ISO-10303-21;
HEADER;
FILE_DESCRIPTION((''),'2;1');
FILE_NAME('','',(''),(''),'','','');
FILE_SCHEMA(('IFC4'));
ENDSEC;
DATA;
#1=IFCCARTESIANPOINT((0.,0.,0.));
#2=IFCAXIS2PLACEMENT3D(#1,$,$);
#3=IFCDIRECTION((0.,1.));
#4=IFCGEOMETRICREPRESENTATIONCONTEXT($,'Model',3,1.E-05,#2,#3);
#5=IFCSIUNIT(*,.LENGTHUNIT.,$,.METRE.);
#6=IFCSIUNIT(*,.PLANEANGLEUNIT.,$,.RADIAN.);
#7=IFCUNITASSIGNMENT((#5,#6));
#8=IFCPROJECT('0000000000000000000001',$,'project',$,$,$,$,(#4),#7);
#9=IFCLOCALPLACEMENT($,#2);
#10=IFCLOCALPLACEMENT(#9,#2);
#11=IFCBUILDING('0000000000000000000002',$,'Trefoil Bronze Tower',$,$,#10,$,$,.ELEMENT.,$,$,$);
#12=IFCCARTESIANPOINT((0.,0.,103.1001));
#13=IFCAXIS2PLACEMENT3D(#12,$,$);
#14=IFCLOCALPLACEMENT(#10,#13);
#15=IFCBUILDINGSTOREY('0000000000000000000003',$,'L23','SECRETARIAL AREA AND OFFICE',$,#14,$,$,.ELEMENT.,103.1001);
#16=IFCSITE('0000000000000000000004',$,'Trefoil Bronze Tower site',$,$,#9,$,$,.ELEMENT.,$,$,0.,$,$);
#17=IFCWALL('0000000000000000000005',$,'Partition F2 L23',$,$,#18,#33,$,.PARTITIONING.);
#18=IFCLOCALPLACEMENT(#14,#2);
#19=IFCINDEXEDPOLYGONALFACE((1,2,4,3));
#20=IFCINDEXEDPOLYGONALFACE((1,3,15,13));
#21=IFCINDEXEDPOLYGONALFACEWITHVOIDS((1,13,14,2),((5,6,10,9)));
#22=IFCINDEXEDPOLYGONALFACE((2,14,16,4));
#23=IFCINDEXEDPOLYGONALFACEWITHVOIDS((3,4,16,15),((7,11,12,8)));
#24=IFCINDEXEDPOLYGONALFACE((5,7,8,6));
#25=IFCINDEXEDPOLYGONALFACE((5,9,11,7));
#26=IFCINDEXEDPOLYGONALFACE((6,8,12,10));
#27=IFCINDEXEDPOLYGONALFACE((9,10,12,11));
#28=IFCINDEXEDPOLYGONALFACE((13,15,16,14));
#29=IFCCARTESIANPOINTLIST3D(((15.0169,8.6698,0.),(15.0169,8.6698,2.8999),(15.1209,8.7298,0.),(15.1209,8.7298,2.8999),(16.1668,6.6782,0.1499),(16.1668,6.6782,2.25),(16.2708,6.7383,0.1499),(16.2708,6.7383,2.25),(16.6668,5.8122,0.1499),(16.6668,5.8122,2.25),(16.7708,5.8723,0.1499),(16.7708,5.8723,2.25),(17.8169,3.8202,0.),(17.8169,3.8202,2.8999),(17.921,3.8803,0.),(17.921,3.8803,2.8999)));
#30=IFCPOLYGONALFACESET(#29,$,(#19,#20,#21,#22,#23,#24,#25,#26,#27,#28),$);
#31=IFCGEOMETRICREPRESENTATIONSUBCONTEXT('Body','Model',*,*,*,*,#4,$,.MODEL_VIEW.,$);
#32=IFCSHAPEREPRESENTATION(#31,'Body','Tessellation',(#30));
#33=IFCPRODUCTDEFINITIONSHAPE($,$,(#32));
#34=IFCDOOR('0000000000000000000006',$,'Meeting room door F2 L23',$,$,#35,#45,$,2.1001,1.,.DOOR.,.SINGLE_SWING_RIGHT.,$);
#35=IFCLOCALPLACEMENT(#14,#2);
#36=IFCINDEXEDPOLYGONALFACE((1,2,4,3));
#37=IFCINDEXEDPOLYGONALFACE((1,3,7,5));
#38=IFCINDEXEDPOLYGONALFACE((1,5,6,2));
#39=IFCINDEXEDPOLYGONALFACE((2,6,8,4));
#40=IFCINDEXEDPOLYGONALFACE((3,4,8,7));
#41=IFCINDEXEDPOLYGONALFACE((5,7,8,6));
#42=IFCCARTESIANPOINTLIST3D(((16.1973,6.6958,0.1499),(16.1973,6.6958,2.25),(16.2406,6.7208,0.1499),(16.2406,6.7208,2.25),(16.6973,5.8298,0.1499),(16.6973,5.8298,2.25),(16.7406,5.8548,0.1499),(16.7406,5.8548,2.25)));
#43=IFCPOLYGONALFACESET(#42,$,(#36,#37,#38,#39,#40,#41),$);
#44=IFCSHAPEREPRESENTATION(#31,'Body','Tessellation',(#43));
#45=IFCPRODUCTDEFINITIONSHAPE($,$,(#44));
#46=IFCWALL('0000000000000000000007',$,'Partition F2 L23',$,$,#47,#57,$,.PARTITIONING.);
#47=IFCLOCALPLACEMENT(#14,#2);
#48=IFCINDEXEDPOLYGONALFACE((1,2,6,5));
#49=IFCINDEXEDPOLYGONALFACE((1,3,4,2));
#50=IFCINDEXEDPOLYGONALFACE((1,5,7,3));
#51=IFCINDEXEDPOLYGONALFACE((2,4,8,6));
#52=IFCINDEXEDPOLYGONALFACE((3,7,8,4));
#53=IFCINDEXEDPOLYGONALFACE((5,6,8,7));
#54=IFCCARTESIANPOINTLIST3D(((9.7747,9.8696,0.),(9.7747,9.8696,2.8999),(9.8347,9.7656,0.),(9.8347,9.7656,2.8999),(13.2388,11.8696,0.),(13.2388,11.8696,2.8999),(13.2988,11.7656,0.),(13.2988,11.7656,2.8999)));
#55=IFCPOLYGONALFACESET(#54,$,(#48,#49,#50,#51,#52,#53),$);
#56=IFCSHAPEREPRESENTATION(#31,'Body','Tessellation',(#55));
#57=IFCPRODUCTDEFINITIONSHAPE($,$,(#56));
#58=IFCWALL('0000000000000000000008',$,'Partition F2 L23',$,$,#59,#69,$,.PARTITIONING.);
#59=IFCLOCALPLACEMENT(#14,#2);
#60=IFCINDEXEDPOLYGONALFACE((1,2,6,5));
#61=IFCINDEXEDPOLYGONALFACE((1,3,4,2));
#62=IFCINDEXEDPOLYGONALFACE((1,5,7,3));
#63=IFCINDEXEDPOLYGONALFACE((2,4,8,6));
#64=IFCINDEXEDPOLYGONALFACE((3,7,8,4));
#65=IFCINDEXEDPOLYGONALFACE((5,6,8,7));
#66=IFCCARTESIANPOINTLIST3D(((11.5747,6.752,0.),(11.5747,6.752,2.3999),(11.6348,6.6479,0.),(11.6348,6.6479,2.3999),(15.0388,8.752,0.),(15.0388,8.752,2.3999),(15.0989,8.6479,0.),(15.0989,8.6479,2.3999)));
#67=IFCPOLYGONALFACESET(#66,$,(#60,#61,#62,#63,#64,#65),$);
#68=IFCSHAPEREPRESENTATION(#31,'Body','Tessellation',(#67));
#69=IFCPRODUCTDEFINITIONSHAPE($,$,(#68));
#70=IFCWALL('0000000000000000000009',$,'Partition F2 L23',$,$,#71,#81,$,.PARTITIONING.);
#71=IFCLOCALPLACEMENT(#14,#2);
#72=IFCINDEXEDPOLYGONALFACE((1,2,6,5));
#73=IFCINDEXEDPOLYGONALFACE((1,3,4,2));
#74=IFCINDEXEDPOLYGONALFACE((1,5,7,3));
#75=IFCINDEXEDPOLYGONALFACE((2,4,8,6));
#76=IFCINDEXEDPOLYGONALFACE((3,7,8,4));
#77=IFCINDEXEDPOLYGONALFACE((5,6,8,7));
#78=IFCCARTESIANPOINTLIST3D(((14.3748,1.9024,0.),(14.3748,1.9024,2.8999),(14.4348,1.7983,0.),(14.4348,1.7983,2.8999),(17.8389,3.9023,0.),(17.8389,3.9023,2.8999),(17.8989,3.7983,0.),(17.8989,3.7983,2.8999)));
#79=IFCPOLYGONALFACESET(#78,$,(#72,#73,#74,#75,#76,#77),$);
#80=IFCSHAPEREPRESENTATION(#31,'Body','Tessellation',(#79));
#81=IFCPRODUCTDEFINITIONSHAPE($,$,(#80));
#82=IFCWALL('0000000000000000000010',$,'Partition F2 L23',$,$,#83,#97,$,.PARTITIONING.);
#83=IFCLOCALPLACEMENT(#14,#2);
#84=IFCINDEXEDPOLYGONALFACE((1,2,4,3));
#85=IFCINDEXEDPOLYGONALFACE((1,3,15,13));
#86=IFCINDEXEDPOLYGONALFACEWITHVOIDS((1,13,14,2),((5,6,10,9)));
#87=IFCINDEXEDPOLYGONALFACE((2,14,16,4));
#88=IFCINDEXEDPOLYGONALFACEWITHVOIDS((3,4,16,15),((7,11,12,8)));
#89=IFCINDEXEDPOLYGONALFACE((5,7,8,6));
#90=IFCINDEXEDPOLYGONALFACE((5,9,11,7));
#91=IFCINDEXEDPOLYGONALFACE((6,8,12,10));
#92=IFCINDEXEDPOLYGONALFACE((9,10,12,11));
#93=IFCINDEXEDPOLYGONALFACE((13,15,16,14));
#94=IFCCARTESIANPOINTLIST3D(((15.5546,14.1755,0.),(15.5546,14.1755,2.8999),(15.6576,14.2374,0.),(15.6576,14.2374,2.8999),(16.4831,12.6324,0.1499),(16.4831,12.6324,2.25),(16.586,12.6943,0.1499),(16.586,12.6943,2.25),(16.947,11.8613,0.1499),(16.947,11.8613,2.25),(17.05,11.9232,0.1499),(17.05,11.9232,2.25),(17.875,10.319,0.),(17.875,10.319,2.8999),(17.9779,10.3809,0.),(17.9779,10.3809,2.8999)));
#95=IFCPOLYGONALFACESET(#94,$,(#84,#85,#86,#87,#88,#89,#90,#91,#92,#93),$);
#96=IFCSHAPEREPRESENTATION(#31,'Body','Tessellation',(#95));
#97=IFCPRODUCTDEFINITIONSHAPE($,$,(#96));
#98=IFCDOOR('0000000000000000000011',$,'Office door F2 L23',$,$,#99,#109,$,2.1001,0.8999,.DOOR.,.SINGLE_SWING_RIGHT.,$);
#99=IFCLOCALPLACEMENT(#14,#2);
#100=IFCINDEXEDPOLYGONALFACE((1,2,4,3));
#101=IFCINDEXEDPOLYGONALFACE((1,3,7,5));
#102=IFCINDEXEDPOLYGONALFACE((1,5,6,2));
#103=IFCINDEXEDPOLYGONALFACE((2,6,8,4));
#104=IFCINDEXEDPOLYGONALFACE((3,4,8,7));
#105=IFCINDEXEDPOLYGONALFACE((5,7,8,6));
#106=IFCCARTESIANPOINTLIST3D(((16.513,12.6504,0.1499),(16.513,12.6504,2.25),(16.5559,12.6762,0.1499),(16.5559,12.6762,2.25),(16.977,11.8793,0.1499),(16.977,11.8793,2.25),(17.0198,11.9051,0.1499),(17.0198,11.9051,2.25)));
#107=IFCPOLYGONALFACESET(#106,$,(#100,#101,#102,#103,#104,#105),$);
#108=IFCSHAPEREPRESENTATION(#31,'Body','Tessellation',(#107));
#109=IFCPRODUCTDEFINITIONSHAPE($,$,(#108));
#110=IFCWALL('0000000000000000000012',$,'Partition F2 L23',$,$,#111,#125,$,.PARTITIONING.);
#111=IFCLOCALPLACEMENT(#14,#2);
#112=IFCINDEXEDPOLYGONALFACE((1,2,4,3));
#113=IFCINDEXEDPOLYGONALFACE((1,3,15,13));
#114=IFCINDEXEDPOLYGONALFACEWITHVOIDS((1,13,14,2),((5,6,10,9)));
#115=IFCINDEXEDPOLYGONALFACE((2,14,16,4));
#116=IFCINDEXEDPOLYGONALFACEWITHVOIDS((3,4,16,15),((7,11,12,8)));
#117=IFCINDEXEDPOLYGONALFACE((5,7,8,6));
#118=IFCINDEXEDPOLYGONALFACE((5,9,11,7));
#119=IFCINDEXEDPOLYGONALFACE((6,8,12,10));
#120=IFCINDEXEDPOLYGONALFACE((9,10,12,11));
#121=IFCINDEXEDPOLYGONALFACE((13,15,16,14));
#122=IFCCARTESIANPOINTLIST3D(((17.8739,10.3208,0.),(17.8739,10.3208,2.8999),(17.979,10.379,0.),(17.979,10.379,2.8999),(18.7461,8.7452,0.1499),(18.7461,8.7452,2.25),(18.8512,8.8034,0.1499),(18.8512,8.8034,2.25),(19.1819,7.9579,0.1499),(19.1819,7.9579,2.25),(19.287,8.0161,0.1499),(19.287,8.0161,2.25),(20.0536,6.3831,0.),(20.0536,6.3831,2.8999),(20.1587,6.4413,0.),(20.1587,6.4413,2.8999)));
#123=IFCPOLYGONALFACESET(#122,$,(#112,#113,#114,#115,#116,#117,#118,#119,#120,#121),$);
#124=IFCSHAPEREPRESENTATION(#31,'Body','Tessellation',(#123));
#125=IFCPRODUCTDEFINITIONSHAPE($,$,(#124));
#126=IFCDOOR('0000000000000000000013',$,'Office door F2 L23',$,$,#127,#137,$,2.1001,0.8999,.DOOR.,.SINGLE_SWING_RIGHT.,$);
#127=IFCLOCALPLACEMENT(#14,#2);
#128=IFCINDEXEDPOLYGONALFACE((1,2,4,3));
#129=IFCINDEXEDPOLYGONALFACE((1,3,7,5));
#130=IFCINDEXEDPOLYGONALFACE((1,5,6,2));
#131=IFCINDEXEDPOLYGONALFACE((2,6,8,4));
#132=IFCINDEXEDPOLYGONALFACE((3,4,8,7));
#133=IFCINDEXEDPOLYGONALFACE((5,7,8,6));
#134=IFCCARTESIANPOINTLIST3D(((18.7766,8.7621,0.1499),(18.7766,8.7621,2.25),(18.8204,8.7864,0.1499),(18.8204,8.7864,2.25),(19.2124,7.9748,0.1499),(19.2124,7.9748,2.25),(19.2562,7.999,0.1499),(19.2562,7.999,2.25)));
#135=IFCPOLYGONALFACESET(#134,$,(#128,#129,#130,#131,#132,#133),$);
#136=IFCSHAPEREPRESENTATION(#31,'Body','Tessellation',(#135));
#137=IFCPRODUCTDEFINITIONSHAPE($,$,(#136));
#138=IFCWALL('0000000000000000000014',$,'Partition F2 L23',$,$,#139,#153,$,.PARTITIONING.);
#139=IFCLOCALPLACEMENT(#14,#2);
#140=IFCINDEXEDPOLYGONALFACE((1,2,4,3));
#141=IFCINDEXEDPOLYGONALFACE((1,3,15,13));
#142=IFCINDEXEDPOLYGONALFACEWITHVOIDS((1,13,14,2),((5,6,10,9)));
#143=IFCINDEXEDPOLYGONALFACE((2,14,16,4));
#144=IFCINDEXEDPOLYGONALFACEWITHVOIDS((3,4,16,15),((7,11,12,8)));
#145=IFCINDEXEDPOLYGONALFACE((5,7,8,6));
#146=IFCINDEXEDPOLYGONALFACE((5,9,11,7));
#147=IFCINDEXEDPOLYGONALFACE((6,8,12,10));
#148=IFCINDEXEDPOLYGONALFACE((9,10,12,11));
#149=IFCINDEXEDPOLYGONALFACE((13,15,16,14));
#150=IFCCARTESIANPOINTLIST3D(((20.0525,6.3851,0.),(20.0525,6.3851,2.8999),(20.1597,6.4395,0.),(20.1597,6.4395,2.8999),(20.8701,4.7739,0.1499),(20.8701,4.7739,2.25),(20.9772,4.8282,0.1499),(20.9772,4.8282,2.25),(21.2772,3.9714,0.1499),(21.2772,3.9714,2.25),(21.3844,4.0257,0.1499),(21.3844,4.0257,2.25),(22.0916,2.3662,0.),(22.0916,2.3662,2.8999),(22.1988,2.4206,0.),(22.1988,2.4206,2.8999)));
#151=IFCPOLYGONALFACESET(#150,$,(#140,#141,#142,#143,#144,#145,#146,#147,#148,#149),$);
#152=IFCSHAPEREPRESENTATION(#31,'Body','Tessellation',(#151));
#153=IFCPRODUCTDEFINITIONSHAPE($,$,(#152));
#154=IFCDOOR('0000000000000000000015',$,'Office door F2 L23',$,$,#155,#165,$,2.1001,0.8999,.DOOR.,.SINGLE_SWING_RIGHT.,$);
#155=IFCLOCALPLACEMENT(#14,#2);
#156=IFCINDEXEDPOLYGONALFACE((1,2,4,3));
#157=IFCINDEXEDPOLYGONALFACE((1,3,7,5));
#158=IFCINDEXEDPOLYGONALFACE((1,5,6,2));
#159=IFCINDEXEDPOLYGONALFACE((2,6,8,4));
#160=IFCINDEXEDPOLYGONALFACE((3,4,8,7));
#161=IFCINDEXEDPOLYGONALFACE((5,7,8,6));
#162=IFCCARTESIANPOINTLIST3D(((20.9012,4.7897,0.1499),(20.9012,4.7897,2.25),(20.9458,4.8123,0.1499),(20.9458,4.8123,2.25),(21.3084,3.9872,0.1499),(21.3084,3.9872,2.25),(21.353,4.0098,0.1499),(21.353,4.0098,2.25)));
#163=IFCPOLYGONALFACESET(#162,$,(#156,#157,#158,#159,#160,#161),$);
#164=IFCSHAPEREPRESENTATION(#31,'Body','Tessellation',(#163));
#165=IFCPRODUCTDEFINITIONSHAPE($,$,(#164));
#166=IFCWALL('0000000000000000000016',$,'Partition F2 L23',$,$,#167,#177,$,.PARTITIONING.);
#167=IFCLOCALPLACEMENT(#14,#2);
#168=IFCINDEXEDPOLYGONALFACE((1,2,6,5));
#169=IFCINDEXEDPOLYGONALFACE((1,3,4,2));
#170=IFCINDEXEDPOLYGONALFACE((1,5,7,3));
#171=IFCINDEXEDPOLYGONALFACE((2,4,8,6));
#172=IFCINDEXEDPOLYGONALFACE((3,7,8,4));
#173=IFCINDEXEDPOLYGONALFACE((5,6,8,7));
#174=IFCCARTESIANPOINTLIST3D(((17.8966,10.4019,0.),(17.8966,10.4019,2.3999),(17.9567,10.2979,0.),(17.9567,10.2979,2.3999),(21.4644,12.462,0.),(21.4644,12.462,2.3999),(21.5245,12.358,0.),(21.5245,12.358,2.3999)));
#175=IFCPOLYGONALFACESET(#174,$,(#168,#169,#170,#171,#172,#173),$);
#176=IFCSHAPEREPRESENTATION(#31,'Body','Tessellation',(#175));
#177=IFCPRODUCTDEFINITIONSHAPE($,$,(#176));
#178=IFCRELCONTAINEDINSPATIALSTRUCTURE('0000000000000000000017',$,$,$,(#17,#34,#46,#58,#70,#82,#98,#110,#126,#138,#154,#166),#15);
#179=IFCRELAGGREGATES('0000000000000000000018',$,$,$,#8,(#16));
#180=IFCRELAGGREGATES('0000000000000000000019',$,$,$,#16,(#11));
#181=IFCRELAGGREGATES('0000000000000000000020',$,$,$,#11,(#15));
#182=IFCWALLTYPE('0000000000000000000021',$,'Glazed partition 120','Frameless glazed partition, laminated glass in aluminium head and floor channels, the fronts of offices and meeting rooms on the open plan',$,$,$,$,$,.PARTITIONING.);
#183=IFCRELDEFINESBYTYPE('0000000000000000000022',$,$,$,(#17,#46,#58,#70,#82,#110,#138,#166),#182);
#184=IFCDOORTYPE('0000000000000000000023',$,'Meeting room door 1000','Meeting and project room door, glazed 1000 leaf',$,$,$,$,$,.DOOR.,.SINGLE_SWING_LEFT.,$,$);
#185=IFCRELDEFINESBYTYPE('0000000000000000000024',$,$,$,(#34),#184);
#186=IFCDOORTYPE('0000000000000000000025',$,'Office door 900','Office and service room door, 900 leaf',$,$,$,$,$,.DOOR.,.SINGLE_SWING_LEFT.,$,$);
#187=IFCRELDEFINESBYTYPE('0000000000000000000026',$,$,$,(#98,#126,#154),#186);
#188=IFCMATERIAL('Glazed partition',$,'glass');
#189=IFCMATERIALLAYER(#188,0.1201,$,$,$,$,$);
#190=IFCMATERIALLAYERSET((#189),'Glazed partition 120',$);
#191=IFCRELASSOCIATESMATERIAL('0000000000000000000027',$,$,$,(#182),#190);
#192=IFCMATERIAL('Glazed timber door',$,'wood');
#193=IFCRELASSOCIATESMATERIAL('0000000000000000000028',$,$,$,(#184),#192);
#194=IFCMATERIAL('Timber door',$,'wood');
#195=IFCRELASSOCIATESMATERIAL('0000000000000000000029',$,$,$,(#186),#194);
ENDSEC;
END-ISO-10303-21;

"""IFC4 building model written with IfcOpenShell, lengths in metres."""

from ifc_helpers import new_model, si_unit, direction, frame, frame_2d, origin, place, context, subcontext, project, spatial, rectangle, extrude, material, layer, layer_set, type_object, element, fill, save


model = new_model("IFC4")

# Units and contexts
model_context = context("Model", 3, precision=1e-05, world=origin(), true_north=direction((0.0, 1.0)))
body_context = subcontext(model_context, "Body", "Model", "MODEL_VIEW")
ifc_project = project(units=[si_unit("LENGTHUNIT", "METRE"), si_unit("PLANEANGLEUNIT", "RADIAN")], contexts=[model_context])

# Site, building, storey
site_placement = place(None, origin())
site = spatial("IfcSite", under=ifc_project, at=site_placement, Name="Trefoil Bronze Tower site", CompositionType="ELEMENT", RefElevation=0.0)
building_placement = place(site_placement, origin())
building = spatial("IfcBuilding", under=site, at=building_placement, Name="Trefoil Bronze Tower", CompositionType="ELEMENT")
storey_placement = place(building_placement, frame((0.0, 0.0, 103.1001)))
storey = spatial("IfcBuildingStorey", under=building, at=storey_placement, Name="L23", Description="SECRETARIAL AREA AND OFFICE", CompositionType="ELEMENT", Elevation=103.1001)

# Wall, opening, door
ifc_material_1 = material(Name="Glazed partition", Category="glass")
ifc_layer_1 = layer(ifc_material_1, 0.1201)
ifc_layer_set_1 = layer_set([ifc_layer_1], Name="Glazed partition 120")
wall_type_1 = type_object("IfcWallType", Name="Glazed partition 120", Description="Frameless glazed partition, laminated glass in aluminium head and floor channels, the fronts of offices and meeting rooms on the open plan", PredefinedType="PARTITIONING", material=ifc_layer_set_1)
ifc_material_2 = material(Name="Glazed timber door", Category="wood")
door_type_1 = type_object("IfcDoorType", Name="Meeting room door 1000", Description="Meeting and project room door, glazed 1000 leaf", OperationType="SINGLE_SWING_LEFT", PredefinedType="DOOR", material=ifc_material_2)
wall_1_placement = place(storey_placement, frame((17.8689, 3.8503, 0.0), z_axis=(0.0, 0.0, 1.0), x_axis=(-0.500017, 0.866016, 0.0)))
wall_1 = element("IfcWall", 1, at=wall_1_placement, inside=storey, type_object=wall_type_1, Name="Partition F2 L23", PredefinedType="PARTITIONING", context=body_context, shape_type="SweptSolid", body=[
    extrude(rectangle(XDim=5.5999, YDim=0.1201, at=frame_2d((2.7998, 0.0))), origin(), (0.0, 0.0, 1.0), 2.8999),
])
opening_1_placement = place(wall_1_placement, frame((2.3, 0.0, 0.1499)))
opening_1 = element("IfcOpeningElement", 2, at=opening_1_placement, cuts=wall_1, PredefinedType="OPENING", context=body_context, shape_type="SweptSolid", body=[
    extrude(rectangle(XDim=1.0, YDim=2.1001, at=frame_2d((0.5, 1.05))), frame((0.0, 0.0701, 0.0), z_axis=(0.0, -1.0, 0.0), x_axis=(1.0, 0.0, 0.0)), (0.0, 0.0, 1.0), 0.1401),
])
door_1_placement = place(opening_1_placement, origin())
door_1 = element("IfcDoor", 3, at=door_1_placement, inside=storey, type_object=door_type_1, Name="Meeting room door F2 L23", OperationType="SINGLE_SWING_RIGHT", OverallHeight=2.1001, OverallWidth=1.0, PredefinedType="DOOR", context=body_context, shape_type="SweptSolid", body=[
    extrude(rectangle(XDim=1.0, YDim=2.1001, at=frame_2d((0.5, 1.05))), frame((0.0, 0.0249, 0.0), z_axis=(0.0, -1.0, 0.0), x_axis=(1.0, 0.0, 0.0)), (0.0, 0.0, 1.0), 0.05),
])
fill(opening_1, door_1)

# Walls
wall_2_placement = place(storey_placement, frame((9.8047, 9.8176, 0.0), z_axis=(0.0, 0.0, 1.0), x_axis=(0.866026, 0.499999, 0.0)))
element("IfcWall", 4, at=wall_2_placement, inside=storey, type_object=wall_type_1, Name="Partition F2 L23", PredefinedType="PARTITIONING", context=body_context, shape_type="SweptSolid", body=[
    extrude(rectangle(XDim=4.0, YDim=0.1201, at=frame_2d((2.0, 0.0))), origin(), (0.0, 0.0, 1.0), 2.8999),
])
wall_3_placement = place(storey_placement, frame((11.6047, 6.7, 0.0), z_axis=(0.0, 0.0, 1.0), x_axis=(0.866026, 0.499999, 0.0)))
element("IfcWall", 5, at=wall_3_placement, inside=storey, type_object=wall_type_1, Name="Partition F2 L23", PredefinedType="PARTITIONING", context=body_context, shape_type="SweptSolid", body=[
    extrude(rectangle(XDim=4.0, YDim=0.1201, at=frame_2d((2.0, 0.0))), origin(), (0.0, 0.0, 1.0), 2.3999),
])
wall_4_placement = place(storey_placement, frame((14.4048, 1.8503, 0.0), z_axis=(0.0, 0.0, 1.0), x_axis=(0.866026, 0.499999, 0.0)))
element("IfcWall", 6, at=wall_4_placement, inside=storey, type_object=wall_type_1, Name="Partition F2 L23", PredefinedType="PARTITIONING", context=body_context, shape_type="SweptSolid", body=[
    extrude(rectangle(XDim=4.0, YDim=0.1201, at=frame_2d((2.0, 0.0))), origin(), (0.0, 0.0, 1.0), 2.8999),
])

# Walls, openings, doors
wall_5_placement = place(storey_placement, frame((17.9265, 10.3499, 0.0), z_axis=(0.0, 0.0, 1.0), x_axis=(-0.515548, 0.85686, 0.0)))
wall_5 = element("IfcWall", 7, at=wall_5_placement, inside=storey, type_object=wall_type_1, Name="Partition F2 L23", PredefinedType="PARTITIONING", context=body_context, shape_type="SweptSolid", body=[
    extrude(rectangle(XDim=4.5007, YDim=0.1201, at=frame_2d((2.2505, 0.0))), origin(), (0.0, 0.0, 1.0), 2.8999),
])
opening_2_placement = place(wall_5_placement, frame((1.8, 0.0, 0.1499)))
opening_2 = element("IfcOpeningElement", 8, at=opening_2_placement, cuts=wall_5, PredefinedType="OPENING", context=body_context, shape_type="SweptSolid", body=[
    extrude(rectangle(XDim=0.8999, YDim=2.1001, at=frame_2d((0.45, 1.05))), frame((0.0, 0.0701, 0.0), z_axis=(0.0, -1.0, 0.0), x_axis=(1.0, 0.0, 0.0)), (0.0, 0.0, 1.0), 0.1401),
])
ifc_material_3 = material(Name="Timber door", Category="wood")
door_type_2 = type_object("IfcDoorType", Name="Office door 900", Description="Office and service room door, 900 leaf", OperationType="SINGLE_SWING_LEFT", PredefinedType="DOOR", material=ifc_material_3)
door_2_placement = place(opening_2_placement, frame((0.8999, 0.0, 0.0), z_axis=(0.0, 0.0, 1.0), x_axis=(-1.0, 0.0, 0.0)))
door_2 = element("IfcDoor", 9, at=door_2_placement, inside=storey, type_object=door_type_2, Name="Office door F2 L23", OperationType="SINGLE_SWING_RIGHT", OverallHeight=2.1001, OverallWidth=0.8999, PredefinedType="DOOR", context=body_context, shape_type="SweptSolid", body=[
    extrude(rectangle(XDim=0.8999, YDim=2.1001, at=frame_2d((0.45, 1.05))), frame((0.0, 0.0249, 0.0), z_axis=(0.0, -1.0, 0.0), x_axis=(1.0, 0.0, 0.0)), (0.0, 0.0, 1.0), 0.05),
])
fill(opening_2, door_2)
wall_6_placement = place(storey_placement, frame((20.1062, 6.4121, 0.0), z_axis=(0.0, 0.0, 1.0), x_axis=(-0.484293, 0.874906, 0.0)))
wall_6 = element("IfcWall", 10, at=wall_6_placement, inside=storey, type_object=wall_type_1, Name="Partition F2 L23", PredefinedType="PARTITIONING", context=body_context, shape_type="SweptSolid", body=[
    extrude(rectangle(XDim=4.5007, YDim=0.1201, at=frame_2d((2.2505, 0.0))), origin(), (0.0, 0.0, 1.0), 2.8999),
])
opening_3_placement = place(wall_6_placement, frame((1.8, 0.0, 0.1499)))
opening_3 = element("IfcOpeningElement", 11, at=opening_3_placement, cuts=wall_6, PredefinedType="OPENING", context=body_context, shape_type="SweptSolid", body=[
    extrude(rectangle(XDim=0.8999, YDim=2.1001, at=frame_2d((0.45, 1.05))), frame((0.0, 0.0701, 0.0), z_axis=(0.0, -1.0, 0.0), x_axis=(1.0, 0.0, 0.0)), (0.0, 0.0, 1.0), 0.1401),
])
door_3_placement = place(opening_3_placement, frame((0.8999, 0.0, 0.0), z_axis=(0.0, 0.0, 1.0), x_axis=(-1.0, 0.0, 0.0)))
door_3 = element("IfcDoor", 12, at=door_3_placement, inside=storey, type_object=door_type_2, Name="Office door F2 L23", OperationType="SINGLE_SWING_RIGHT", OverallHeight=2.1001, OverallWidth=0.8999, PredefinedType="DOOR", context=body_context, shape_type="SweptSolid", body=[
    extrude(rectangle(XDim=0.8999, YDim=2.1001, at=frame_2d((0.45, 1.05))), frame((0.0, 0.0249, 0.0), z_axis=(0.0, -1.0, 0.0), x_axis=(1.0, 0.0, 0.0)), (0.0, 0.0, 1.0), 0.05),
])
fill(opening_3, door_3)
wall_7_placement = place(storey_placement, frame((22.1453, 2.3933, 0.0), z_axis=(0.0, 0.0, 1.0), x_axis=(-0.452472, 0.891779, 0.0)))
wall_7 = element("IfcWall", 13, at=wall_7_placement, inside=storey, type_object=wall_type_1, Name="Partition F2 L23", PredefinedType="PARTITIONING", context=body_context, shape_type="SweptSolid", body=[
    extrude(rectangle(XDim=4.5066, YDim=0.1201, at=frame_2d((2.2534, 0.0))), origin(), (0.0, 0.0, 1.0), 2.8999),
])
opening_4_placement = place(wall_7_placement, frame((1.8, 0.0, 0.1499)))
opening_4 = element("IfcOpeningElement", 14, at=opening_4_placement, cuts=wall_7, PredefinedType="OPENING", context=body_context, shape_type="SweptSolid", body=[
    extrude(rectangle(XDim=0.8999, YDim=2.1001, at=frame_2d((0.45, 1.05))), frame((0.0, 0.0701, 0.0), z_axis=(0.0, -1.0, 0.0), x_axis=(1.0, 0.0, 0.0)), (0.0, 0.0, 1.0), 0.1401),
])
door_4_placement = place(opening_4_placement, frame((0.8999, 0.0, 0.0), z_axis=(0.0, 0.0, 1.0), x_axis=(-1.0, 0.0, 0.0)))
door_4 = element("IfcDoor", 15, at=door_4_placement, inside=storey, type_object=door_type_2, Name="Office door F2 L23", OperationType="SINGLE_SWING_RIGHT", OverallHeight=2.1001, OverallWidth=0.8999, PredefinedType="DOOR", context=body_context, shape_type="SweptSolid", body=[
    extrude(rectangle(XDim=0.8999, YDim=2.1001, at=frame_2d((0.45, 1.05))), frame((0.0, 0.0249, 0.0), z_axis=(0.0, -1.0, 0.0), x_axis=(1.0, 0.0, 0.0)), (0.0, 0.0, 1.0), 0.05),
])
fill(opening_4, door_4)

# Wall
wall_8_placement = place(storey_placement, frame((17.9265, 10.3499, 0.0), z_axis=(0.0, 0.0, 1.0), x_axis=(0.86601, 0.500027, 0.0)))
element("IfcWall", 16, at=wall_8_placement, inside=storey, type_object=wall_type_1, Name="Partition F2 L23", PredefinedType="PARTITIONING", context=body_context, shape_type="SweptSolid", body=[
    extrude(rectangle(XDim=4.1199, YDim=0.1201, at=frame_2d((2.0601, 0.0))), origin(), (0.0, 0.0, 1.0), 2.3999),
])

save(model, "model.ifc")
